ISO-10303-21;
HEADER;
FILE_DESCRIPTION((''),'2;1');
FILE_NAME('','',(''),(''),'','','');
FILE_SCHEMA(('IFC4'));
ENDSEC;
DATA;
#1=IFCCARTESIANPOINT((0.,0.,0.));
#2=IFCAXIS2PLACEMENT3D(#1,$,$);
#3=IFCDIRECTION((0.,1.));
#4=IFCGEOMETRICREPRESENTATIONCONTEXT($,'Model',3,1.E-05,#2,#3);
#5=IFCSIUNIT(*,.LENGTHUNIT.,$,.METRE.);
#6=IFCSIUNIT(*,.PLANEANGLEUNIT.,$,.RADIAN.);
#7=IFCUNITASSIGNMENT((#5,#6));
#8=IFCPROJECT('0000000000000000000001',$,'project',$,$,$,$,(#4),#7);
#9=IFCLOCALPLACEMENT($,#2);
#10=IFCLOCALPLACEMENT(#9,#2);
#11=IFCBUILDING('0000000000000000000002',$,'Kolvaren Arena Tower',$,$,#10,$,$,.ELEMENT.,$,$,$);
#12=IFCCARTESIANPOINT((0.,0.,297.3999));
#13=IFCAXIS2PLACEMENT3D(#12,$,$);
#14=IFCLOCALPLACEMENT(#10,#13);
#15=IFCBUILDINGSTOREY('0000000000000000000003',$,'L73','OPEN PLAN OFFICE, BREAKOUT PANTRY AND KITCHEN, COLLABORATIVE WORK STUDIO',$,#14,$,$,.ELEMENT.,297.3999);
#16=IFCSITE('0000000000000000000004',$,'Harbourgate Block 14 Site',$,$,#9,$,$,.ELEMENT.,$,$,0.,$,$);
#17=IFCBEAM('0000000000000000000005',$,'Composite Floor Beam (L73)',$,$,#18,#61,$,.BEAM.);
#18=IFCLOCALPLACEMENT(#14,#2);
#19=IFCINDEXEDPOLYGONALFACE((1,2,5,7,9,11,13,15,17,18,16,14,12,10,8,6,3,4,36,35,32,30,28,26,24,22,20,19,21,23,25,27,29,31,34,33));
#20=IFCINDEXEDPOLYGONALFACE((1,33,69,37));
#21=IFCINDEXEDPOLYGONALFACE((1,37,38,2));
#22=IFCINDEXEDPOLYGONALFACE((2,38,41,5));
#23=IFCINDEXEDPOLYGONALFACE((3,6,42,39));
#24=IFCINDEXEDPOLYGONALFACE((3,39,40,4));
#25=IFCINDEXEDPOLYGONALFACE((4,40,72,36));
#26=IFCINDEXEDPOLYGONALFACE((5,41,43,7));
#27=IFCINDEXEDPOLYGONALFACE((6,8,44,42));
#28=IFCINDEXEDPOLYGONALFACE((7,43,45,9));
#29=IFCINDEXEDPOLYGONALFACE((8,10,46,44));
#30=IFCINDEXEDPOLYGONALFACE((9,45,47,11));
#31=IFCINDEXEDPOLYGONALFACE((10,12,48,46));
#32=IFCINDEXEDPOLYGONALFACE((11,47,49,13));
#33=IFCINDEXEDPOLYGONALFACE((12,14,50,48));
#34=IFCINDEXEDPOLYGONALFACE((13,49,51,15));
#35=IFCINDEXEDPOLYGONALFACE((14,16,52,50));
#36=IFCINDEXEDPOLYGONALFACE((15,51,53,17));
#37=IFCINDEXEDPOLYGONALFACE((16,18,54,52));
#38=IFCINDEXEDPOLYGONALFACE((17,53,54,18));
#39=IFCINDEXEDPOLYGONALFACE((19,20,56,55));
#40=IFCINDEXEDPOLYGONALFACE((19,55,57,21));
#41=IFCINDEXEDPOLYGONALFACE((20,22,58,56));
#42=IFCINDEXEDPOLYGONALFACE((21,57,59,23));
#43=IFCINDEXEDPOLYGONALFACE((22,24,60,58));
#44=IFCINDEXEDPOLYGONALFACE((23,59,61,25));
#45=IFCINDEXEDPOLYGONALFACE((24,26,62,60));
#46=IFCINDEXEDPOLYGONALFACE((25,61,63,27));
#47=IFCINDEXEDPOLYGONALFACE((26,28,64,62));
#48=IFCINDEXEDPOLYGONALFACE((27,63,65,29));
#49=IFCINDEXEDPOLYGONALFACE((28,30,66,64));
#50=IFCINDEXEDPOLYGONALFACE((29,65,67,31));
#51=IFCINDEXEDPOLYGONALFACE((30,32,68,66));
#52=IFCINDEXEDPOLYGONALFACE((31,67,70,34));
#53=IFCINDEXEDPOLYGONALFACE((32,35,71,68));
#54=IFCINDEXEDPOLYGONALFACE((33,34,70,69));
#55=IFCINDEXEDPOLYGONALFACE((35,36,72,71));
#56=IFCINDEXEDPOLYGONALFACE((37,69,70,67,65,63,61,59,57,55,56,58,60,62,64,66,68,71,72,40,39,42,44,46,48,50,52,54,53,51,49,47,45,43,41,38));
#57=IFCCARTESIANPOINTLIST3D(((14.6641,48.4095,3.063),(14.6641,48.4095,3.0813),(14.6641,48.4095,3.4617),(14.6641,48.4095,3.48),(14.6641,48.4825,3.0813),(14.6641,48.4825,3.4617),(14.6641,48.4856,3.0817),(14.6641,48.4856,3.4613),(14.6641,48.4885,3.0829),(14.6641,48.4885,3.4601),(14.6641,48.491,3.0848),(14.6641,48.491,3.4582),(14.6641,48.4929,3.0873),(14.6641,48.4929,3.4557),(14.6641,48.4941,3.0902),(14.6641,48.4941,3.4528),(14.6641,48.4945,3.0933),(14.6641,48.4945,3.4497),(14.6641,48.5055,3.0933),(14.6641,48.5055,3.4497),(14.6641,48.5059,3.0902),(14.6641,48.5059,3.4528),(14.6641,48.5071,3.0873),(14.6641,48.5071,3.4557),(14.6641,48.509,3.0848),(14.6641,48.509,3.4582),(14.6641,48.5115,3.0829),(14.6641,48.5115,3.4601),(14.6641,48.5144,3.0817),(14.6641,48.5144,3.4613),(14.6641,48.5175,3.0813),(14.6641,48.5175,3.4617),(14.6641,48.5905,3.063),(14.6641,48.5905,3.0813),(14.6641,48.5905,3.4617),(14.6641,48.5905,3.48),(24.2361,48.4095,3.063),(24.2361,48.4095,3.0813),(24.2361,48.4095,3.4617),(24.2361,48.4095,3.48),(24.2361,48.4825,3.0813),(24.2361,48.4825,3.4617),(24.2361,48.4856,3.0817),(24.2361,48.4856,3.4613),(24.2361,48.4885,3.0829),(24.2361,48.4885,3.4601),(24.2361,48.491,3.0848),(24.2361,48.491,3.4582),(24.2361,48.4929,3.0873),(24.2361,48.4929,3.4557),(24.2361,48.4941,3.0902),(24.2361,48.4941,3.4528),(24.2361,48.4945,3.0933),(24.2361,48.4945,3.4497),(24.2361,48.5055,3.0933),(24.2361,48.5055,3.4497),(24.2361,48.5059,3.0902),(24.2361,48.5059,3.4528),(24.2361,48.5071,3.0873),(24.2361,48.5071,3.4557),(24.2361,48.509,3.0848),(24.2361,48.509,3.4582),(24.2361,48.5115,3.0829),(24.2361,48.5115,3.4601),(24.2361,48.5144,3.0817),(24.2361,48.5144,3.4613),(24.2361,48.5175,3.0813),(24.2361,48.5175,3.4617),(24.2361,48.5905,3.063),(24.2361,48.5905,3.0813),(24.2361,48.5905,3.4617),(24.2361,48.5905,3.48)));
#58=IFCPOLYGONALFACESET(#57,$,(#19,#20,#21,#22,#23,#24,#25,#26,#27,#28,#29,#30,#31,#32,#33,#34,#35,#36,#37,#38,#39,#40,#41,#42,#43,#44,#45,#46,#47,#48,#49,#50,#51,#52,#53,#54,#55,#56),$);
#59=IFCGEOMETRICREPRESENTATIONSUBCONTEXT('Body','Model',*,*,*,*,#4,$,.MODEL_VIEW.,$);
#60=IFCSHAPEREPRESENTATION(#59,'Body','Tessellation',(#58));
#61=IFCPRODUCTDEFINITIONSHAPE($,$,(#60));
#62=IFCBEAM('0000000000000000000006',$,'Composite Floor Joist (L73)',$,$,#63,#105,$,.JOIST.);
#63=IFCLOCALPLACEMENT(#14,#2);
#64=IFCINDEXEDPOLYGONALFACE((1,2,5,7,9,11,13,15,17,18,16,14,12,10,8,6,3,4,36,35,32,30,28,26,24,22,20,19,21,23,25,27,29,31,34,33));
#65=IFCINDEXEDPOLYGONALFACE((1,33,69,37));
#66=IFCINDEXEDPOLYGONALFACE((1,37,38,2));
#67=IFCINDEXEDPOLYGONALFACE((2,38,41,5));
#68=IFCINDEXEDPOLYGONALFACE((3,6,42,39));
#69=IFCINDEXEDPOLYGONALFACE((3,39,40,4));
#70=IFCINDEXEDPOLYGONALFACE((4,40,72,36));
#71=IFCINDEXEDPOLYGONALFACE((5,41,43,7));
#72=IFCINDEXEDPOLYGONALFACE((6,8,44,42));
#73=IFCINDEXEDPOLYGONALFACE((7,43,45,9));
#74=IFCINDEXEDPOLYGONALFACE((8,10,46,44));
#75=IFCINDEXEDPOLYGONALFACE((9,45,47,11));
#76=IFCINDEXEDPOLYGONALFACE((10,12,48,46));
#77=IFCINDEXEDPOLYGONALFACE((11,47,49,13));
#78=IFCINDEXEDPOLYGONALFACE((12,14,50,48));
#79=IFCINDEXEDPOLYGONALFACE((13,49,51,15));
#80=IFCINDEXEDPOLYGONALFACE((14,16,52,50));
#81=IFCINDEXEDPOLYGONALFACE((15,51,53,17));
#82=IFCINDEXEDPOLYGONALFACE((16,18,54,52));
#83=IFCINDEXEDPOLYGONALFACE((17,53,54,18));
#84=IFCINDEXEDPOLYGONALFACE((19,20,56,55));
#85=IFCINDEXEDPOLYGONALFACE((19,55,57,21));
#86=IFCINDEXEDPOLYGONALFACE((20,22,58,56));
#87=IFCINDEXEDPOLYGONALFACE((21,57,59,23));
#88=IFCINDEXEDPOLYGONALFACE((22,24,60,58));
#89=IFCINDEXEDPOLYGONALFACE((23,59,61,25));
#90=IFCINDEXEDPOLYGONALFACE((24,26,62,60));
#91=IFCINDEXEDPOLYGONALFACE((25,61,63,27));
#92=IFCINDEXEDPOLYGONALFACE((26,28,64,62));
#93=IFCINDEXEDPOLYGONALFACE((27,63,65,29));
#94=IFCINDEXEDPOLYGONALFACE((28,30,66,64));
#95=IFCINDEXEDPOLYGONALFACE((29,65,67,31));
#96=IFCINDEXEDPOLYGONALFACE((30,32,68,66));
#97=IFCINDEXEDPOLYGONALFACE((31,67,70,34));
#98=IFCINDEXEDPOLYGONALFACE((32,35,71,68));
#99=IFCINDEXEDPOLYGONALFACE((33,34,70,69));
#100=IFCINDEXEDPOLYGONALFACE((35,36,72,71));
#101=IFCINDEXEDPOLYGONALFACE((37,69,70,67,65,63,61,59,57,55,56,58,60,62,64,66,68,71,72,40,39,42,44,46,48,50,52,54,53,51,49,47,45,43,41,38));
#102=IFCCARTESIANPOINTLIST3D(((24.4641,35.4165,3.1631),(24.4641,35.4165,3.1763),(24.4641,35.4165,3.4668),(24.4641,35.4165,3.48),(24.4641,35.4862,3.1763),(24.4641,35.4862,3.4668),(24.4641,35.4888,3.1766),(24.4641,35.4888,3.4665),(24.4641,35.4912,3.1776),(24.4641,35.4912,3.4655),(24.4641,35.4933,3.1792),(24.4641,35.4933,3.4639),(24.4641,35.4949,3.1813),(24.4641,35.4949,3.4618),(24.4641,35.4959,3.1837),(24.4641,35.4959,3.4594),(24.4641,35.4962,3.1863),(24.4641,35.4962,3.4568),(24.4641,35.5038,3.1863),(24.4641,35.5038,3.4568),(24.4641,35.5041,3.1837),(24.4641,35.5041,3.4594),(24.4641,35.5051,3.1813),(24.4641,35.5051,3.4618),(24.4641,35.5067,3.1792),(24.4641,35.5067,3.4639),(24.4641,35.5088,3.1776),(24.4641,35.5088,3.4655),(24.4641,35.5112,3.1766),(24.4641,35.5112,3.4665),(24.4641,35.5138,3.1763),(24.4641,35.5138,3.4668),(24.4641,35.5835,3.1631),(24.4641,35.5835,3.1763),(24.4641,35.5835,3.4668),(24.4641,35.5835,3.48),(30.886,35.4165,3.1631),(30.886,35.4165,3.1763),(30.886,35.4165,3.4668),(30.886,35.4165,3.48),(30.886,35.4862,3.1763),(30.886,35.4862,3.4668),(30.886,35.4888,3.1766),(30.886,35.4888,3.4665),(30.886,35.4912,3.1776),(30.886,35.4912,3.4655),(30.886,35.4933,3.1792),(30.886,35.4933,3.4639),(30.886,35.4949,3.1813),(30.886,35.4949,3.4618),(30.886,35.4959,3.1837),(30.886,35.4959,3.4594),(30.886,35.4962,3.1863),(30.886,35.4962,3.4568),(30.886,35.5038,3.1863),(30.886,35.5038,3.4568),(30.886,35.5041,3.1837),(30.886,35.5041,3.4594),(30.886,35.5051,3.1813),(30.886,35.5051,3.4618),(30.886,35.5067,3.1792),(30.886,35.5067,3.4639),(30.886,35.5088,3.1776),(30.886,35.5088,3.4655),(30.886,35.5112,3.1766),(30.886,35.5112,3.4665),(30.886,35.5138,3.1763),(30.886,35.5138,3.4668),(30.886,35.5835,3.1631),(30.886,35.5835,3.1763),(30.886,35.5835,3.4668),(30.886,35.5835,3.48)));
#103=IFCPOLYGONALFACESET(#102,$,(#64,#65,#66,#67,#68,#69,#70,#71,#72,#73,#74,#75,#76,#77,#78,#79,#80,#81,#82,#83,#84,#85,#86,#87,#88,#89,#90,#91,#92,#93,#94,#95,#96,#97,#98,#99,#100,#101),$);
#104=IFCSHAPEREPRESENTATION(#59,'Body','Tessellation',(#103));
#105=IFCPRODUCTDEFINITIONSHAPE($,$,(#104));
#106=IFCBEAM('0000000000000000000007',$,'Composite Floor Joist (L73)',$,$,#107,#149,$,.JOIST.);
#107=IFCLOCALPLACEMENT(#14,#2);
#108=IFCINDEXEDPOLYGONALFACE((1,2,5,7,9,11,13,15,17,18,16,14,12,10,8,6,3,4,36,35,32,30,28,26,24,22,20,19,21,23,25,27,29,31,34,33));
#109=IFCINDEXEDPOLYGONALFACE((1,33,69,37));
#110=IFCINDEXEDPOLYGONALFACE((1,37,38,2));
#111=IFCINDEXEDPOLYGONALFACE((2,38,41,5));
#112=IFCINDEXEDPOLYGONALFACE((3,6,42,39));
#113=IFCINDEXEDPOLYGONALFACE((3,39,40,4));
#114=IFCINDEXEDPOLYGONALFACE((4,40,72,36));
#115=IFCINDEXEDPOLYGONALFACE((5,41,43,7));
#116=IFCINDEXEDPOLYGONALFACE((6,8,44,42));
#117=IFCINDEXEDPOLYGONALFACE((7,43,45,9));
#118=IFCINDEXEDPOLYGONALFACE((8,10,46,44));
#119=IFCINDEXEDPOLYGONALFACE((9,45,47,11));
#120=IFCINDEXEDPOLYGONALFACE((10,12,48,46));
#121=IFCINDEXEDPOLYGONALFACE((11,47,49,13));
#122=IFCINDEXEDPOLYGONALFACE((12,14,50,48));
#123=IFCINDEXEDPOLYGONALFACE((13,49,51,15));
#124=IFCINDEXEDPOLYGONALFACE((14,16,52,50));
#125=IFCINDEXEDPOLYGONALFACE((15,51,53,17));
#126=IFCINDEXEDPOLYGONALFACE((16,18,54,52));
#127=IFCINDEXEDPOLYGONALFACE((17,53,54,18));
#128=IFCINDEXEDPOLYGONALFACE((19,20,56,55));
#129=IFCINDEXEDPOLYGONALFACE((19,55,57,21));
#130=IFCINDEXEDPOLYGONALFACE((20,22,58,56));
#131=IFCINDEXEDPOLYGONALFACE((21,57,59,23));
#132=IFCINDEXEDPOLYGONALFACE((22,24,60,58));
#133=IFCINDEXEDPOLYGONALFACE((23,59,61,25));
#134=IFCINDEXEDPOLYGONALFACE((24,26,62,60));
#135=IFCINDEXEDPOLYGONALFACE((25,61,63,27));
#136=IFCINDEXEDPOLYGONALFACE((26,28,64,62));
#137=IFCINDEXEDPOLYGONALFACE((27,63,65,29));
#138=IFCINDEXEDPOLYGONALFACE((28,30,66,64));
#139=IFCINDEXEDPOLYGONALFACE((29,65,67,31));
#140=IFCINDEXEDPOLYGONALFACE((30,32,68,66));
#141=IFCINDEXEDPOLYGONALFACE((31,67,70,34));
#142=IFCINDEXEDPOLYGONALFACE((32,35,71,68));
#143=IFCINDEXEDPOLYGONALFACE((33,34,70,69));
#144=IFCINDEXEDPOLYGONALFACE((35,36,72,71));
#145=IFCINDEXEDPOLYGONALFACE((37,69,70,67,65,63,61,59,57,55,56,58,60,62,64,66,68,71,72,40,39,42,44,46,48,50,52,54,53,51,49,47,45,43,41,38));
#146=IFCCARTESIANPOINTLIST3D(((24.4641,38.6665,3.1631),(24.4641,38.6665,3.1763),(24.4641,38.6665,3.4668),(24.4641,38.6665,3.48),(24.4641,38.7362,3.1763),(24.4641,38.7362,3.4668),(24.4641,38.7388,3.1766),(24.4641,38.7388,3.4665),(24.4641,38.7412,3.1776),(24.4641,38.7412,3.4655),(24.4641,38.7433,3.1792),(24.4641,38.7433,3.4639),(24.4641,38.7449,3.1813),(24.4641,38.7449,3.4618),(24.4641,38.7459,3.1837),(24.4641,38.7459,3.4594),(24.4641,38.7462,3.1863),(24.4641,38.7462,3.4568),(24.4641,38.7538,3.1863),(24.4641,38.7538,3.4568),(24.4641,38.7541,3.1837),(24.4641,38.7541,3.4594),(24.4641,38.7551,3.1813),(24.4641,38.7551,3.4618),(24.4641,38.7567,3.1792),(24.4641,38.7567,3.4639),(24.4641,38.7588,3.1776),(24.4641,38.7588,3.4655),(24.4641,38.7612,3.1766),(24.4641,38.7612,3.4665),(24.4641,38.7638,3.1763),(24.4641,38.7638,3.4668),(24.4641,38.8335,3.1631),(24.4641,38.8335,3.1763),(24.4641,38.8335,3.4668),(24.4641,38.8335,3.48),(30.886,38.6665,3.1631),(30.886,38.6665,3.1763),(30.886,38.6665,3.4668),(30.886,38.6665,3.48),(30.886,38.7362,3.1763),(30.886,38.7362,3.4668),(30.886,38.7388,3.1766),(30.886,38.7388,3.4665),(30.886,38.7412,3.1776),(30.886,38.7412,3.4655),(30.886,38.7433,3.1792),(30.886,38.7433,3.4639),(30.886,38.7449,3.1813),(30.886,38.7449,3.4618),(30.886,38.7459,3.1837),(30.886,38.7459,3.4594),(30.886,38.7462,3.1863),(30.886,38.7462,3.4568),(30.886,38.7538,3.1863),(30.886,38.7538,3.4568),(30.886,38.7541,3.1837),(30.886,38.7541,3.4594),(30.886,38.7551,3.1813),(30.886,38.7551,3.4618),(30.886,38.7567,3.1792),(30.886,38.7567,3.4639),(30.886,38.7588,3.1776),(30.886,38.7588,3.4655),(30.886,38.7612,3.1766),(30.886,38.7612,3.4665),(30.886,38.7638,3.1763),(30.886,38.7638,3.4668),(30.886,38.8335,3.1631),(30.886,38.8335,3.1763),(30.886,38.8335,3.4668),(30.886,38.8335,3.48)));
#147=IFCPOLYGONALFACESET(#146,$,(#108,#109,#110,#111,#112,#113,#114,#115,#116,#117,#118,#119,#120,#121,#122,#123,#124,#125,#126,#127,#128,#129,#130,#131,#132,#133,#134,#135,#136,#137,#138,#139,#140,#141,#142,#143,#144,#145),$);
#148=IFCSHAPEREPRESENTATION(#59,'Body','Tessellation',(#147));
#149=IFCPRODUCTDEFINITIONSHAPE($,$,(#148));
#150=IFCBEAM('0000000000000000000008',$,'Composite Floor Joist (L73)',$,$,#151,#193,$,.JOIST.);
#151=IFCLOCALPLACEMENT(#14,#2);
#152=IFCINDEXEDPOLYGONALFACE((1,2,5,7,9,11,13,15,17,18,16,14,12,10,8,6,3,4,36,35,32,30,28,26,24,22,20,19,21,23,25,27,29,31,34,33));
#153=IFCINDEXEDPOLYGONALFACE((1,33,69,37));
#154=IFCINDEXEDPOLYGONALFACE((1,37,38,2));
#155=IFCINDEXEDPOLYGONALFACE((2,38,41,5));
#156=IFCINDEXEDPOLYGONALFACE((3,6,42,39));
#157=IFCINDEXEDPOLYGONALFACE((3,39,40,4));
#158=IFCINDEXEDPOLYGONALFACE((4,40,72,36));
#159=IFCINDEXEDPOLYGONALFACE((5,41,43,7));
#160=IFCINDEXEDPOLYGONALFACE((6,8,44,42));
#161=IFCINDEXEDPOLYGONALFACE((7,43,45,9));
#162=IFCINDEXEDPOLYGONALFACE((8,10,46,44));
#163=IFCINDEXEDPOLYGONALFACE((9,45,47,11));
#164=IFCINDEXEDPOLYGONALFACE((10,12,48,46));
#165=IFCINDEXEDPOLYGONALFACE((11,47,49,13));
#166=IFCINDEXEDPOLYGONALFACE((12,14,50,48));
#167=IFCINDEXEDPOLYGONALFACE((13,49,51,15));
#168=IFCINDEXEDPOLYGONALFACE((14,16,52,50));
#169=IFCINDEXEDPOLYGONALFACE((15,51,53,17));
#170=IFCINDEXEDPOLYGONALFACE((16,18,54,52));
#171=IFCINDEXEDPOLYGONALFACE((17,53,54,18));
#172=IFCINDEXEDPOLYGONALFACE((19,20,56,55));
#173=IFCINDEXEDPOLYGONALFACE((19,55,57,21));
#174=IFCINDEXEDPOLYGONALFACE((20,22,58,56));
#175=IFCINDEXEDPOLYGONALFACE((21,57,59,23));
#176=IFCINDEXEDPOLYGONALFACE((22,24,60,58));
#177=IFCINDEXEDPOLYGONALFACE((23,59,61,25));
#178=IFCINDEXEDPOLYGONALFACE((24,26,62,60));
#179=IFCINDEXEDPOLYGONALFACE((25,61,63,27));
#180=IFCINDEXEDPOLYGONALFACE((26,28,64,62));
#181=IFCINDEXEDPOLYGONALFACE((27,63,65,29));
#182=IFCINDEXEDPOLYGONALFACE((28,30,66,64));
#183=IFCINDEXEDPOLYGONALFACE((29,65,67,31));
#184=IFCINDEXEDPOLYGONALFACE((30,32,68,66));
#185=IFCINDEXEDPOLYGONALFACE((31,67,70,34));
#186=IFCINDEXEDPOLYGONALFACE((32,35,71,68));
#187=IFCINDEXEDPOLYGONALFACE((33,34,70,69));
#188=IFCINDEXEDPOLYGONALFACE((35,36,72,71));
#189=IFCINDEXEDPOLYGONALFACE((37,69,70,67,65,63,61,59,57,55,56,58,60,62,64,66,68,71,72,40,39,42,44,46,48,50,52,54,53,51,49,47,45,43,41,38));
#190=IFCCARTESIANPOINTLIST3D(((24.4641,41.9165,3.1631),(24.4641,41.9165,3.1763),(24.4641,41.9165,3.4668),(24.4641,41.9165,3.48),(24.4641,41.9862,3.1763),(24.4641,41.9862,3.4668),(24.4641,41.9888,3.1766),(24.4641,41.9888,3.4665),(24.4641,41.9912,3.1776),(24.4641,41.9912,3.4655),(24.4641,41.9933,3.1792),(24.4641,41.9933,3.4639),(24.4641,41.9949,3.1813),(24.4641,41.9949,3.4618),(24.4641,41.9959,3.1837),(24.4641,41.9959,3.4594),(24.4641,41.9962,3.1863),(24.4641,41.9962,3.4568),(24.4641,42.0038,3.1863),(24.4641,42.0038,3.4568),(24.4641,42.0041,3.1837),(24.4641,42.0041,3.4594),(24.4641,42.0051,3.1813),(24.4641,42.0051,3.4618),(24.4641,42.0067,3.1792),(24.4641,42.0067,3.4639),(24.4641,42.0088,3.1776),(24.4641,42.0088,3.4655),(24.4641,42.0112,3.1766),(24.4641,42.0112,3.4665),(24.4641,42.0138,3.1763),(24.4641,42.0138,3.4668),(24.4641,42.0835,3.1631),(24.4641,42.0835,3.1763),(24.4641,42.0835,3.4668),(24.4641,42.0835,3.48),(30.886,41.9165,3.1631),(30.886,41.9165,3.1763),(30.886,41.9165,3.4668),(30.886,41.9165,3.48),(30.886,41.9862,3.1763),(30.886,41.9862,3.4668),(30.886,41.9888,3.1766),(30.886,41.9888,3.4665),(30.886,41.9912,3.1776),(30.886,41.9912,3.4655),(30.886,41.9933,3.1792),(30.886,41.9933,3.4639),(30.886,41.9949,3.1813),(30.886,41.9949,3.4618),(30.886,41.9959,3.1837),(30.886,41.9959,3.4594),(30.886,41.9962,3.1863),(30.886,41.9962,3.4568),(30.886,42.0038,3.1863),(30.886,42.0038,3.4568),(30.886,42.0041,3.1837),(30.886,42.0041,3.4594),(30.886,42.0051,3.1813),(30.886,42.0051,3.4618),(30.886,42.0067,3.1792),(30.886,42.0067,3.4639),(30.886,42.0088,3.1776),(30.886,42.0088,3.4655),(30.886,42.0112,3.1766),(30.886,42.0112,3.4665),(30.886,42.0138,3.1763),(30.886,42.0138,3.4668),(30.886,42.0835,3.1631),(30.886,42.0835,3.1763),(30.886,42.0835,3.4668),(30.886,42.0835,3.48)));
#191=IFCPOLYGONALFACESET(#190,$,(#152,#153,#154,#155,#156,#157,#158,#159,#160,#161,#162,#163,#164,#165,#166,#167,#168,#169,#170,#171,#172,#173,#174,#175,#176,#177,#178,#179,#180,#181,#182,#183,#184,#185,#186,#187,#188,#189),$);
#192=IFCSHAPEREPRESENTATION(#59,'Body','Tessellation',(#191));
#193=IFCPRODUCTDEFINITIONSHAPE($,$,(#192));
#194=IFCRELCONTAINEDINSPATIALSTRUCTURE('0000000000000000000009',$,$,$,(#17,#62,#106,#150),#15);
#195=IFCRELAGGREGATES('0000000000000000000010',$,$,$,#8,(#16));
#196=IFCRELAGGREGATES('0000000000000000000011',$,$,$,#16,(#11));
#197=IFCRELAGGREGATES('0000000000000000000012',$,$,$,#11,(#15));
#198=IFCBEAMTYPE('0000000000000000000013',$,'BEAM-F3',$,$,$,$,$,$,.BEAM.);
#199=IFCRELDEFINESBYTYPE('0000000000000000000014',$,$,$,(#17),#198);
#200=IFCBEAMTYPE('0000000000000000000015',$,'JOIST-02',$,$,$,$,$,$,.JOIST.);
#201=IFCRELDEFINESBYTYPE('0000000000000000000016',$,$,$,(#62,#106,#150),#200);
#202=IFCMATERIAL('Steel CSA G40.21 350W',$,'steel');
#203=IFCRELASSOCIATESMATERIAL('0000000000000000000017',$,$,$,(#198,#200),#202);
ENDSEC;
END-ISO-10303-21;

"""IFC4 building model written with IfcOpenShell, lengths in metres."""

from ifc_helpers import new_model, si_unit, direction, frame, origin, origin_2d, place, context, subcontext, project, spatial, i_section, extrude, material, material_profile, profile_set, type_object, element, save


model = new_model("IFC4")

# Units and contexts
model_context = context("Model", 3, precision=1e-05, world=origin(), true_north=direction((0.0, 1.0)))
body_context = subcontext(model_context, "Body", "Model", "MODEL_VIEW")
ifc_project = project(units=[si_unit("LENGTHUNIT", "METRE"), si_unit("PLANEANGLEUNIT", "RADIAN")], contexts=[model_context])

# Site, building, storey
site_placement = place(None, origin())
site = spatial("IfcSite", under=ifc_project, at=site_placement, Name="Harbourgate Block 14 Site", CompositionType="ELEMENT", RefElevation=0.0)
building_placement = place(site_placement, origin())
building = spatial("IfcBuilding", under=site, at=building_placement, Name="Kolvaren Arena Tower", CompositionType="ELEMENT")
storey_placement = place(building_placement, frame((0.0, 0.0, 297.3999)))
storey = spatial("IfcBuildingStorey", under=building, at=storey_placement, Name="L73", Description="OPEN PLAN OFFICE, BREAKOUT PANTRY AND KITCHEN, COLLABORATIVE WORK STUDIO", CompositionType="ELEMENT", Elevation=297.3999)

# Beams
ifc_material_1 = material(Name="Steel CSA G40.21 350W", Category="steel")
ifc_material_profile_1 = material_profile(ifc_material_1, i_section(OverallWidth=0.1809, OverallDepth=0.417, WebThickness=0.011, FlangeThickness=0.0183, FilletRadius=0.012, at=origin_2d()), Name="W410x85")
ifc_profile_set_1 = profile_set([ifc_material_profile_1], Name="Steel CSA G40.21 350W")
beam_type_1 = type_object("IfcBeamType", Name="BEAM-F3", PredefinedType="BEAM", material=ifc_profile_set_1)
beam_1_placement = place(storey_placement, frame((14.6641, 48.5, 3.2715), z_axis=(1.0, 0.0, 0.0), x_axis=(0.0, 1.0, 0.0)))
element("IfcBeam", 1, at=beam_1_placement, inside=storey, type_object=beam_type_1, Name="Composite Floor Beam (L73)", PredefinedType="BEAM", context=body_context, shape_type="SweptSolid", body=[
    extrude(i_section(OverallWidth=0.1809, OverallDepth=0.417, WebThickness=0.011, FlangeThickness=0.0183, FilletRadius=0.012, at=origin_2d()), origin(), (0.0, 0.0, 1.0), 9.572),
])
ifc_material_profile_2 = material_profile(ifc_material_1, i_section(OverallWidth=0.167, OverallDepth=0.3169, WebThickness=0.0076, FlangeThickness=0.0132, FilletRadius=0.01, at=origin_2d()), Name="W310x52")
ifc_profile_set_2 = profile_set([ifc_material_profile_2], Name="Steel CSA G40.21 350W")
beam_type_2 = type_object("IfcBeamType", Name="JOIST-02", PredefinedType="JOIST", material=ifc_profile_set_2)
for number, where, z_axis, x_axis, name in (
    (2, (24.4641, 35.5, 3.3215), (1.0, 0.0, 0.0), (0.0, 1.0, 0.0), "Composite Floor Joist (L73)"),
    (3, (24.4641, 38.75, 3.3215), (1.0, 0.0, 0.0), (0.0, 1.0, 0.0), "Composite Floor Joist (L73)"),
    (4, (24.4641, 42.0, 3.3215), (1.0, 0.0, 0.0), (0.0, 1.0, 0.0), "Composite Floor Joist (L73)"),
):
    element("IfcBeam", number, at=place(storey_placement, frame(where, z_axis=z_axis, x_axis=x_axis)), inside=storey, type_object=beam_type_2, Name=name, PredefinedType="JOIST", context=body_context, shape_type="SweptSolid", body=[
        extrude(i_section(OverallWidth=0.167, OverallDepth=0.3169, WebThickness=0.0076, FlangeThickness=0.0132, FilletRadius=0.01, at=origin_2d()), origin(), (0.0, 0.0, 1.0), 6.4219),
    ])

save(model, "model.ifc")
